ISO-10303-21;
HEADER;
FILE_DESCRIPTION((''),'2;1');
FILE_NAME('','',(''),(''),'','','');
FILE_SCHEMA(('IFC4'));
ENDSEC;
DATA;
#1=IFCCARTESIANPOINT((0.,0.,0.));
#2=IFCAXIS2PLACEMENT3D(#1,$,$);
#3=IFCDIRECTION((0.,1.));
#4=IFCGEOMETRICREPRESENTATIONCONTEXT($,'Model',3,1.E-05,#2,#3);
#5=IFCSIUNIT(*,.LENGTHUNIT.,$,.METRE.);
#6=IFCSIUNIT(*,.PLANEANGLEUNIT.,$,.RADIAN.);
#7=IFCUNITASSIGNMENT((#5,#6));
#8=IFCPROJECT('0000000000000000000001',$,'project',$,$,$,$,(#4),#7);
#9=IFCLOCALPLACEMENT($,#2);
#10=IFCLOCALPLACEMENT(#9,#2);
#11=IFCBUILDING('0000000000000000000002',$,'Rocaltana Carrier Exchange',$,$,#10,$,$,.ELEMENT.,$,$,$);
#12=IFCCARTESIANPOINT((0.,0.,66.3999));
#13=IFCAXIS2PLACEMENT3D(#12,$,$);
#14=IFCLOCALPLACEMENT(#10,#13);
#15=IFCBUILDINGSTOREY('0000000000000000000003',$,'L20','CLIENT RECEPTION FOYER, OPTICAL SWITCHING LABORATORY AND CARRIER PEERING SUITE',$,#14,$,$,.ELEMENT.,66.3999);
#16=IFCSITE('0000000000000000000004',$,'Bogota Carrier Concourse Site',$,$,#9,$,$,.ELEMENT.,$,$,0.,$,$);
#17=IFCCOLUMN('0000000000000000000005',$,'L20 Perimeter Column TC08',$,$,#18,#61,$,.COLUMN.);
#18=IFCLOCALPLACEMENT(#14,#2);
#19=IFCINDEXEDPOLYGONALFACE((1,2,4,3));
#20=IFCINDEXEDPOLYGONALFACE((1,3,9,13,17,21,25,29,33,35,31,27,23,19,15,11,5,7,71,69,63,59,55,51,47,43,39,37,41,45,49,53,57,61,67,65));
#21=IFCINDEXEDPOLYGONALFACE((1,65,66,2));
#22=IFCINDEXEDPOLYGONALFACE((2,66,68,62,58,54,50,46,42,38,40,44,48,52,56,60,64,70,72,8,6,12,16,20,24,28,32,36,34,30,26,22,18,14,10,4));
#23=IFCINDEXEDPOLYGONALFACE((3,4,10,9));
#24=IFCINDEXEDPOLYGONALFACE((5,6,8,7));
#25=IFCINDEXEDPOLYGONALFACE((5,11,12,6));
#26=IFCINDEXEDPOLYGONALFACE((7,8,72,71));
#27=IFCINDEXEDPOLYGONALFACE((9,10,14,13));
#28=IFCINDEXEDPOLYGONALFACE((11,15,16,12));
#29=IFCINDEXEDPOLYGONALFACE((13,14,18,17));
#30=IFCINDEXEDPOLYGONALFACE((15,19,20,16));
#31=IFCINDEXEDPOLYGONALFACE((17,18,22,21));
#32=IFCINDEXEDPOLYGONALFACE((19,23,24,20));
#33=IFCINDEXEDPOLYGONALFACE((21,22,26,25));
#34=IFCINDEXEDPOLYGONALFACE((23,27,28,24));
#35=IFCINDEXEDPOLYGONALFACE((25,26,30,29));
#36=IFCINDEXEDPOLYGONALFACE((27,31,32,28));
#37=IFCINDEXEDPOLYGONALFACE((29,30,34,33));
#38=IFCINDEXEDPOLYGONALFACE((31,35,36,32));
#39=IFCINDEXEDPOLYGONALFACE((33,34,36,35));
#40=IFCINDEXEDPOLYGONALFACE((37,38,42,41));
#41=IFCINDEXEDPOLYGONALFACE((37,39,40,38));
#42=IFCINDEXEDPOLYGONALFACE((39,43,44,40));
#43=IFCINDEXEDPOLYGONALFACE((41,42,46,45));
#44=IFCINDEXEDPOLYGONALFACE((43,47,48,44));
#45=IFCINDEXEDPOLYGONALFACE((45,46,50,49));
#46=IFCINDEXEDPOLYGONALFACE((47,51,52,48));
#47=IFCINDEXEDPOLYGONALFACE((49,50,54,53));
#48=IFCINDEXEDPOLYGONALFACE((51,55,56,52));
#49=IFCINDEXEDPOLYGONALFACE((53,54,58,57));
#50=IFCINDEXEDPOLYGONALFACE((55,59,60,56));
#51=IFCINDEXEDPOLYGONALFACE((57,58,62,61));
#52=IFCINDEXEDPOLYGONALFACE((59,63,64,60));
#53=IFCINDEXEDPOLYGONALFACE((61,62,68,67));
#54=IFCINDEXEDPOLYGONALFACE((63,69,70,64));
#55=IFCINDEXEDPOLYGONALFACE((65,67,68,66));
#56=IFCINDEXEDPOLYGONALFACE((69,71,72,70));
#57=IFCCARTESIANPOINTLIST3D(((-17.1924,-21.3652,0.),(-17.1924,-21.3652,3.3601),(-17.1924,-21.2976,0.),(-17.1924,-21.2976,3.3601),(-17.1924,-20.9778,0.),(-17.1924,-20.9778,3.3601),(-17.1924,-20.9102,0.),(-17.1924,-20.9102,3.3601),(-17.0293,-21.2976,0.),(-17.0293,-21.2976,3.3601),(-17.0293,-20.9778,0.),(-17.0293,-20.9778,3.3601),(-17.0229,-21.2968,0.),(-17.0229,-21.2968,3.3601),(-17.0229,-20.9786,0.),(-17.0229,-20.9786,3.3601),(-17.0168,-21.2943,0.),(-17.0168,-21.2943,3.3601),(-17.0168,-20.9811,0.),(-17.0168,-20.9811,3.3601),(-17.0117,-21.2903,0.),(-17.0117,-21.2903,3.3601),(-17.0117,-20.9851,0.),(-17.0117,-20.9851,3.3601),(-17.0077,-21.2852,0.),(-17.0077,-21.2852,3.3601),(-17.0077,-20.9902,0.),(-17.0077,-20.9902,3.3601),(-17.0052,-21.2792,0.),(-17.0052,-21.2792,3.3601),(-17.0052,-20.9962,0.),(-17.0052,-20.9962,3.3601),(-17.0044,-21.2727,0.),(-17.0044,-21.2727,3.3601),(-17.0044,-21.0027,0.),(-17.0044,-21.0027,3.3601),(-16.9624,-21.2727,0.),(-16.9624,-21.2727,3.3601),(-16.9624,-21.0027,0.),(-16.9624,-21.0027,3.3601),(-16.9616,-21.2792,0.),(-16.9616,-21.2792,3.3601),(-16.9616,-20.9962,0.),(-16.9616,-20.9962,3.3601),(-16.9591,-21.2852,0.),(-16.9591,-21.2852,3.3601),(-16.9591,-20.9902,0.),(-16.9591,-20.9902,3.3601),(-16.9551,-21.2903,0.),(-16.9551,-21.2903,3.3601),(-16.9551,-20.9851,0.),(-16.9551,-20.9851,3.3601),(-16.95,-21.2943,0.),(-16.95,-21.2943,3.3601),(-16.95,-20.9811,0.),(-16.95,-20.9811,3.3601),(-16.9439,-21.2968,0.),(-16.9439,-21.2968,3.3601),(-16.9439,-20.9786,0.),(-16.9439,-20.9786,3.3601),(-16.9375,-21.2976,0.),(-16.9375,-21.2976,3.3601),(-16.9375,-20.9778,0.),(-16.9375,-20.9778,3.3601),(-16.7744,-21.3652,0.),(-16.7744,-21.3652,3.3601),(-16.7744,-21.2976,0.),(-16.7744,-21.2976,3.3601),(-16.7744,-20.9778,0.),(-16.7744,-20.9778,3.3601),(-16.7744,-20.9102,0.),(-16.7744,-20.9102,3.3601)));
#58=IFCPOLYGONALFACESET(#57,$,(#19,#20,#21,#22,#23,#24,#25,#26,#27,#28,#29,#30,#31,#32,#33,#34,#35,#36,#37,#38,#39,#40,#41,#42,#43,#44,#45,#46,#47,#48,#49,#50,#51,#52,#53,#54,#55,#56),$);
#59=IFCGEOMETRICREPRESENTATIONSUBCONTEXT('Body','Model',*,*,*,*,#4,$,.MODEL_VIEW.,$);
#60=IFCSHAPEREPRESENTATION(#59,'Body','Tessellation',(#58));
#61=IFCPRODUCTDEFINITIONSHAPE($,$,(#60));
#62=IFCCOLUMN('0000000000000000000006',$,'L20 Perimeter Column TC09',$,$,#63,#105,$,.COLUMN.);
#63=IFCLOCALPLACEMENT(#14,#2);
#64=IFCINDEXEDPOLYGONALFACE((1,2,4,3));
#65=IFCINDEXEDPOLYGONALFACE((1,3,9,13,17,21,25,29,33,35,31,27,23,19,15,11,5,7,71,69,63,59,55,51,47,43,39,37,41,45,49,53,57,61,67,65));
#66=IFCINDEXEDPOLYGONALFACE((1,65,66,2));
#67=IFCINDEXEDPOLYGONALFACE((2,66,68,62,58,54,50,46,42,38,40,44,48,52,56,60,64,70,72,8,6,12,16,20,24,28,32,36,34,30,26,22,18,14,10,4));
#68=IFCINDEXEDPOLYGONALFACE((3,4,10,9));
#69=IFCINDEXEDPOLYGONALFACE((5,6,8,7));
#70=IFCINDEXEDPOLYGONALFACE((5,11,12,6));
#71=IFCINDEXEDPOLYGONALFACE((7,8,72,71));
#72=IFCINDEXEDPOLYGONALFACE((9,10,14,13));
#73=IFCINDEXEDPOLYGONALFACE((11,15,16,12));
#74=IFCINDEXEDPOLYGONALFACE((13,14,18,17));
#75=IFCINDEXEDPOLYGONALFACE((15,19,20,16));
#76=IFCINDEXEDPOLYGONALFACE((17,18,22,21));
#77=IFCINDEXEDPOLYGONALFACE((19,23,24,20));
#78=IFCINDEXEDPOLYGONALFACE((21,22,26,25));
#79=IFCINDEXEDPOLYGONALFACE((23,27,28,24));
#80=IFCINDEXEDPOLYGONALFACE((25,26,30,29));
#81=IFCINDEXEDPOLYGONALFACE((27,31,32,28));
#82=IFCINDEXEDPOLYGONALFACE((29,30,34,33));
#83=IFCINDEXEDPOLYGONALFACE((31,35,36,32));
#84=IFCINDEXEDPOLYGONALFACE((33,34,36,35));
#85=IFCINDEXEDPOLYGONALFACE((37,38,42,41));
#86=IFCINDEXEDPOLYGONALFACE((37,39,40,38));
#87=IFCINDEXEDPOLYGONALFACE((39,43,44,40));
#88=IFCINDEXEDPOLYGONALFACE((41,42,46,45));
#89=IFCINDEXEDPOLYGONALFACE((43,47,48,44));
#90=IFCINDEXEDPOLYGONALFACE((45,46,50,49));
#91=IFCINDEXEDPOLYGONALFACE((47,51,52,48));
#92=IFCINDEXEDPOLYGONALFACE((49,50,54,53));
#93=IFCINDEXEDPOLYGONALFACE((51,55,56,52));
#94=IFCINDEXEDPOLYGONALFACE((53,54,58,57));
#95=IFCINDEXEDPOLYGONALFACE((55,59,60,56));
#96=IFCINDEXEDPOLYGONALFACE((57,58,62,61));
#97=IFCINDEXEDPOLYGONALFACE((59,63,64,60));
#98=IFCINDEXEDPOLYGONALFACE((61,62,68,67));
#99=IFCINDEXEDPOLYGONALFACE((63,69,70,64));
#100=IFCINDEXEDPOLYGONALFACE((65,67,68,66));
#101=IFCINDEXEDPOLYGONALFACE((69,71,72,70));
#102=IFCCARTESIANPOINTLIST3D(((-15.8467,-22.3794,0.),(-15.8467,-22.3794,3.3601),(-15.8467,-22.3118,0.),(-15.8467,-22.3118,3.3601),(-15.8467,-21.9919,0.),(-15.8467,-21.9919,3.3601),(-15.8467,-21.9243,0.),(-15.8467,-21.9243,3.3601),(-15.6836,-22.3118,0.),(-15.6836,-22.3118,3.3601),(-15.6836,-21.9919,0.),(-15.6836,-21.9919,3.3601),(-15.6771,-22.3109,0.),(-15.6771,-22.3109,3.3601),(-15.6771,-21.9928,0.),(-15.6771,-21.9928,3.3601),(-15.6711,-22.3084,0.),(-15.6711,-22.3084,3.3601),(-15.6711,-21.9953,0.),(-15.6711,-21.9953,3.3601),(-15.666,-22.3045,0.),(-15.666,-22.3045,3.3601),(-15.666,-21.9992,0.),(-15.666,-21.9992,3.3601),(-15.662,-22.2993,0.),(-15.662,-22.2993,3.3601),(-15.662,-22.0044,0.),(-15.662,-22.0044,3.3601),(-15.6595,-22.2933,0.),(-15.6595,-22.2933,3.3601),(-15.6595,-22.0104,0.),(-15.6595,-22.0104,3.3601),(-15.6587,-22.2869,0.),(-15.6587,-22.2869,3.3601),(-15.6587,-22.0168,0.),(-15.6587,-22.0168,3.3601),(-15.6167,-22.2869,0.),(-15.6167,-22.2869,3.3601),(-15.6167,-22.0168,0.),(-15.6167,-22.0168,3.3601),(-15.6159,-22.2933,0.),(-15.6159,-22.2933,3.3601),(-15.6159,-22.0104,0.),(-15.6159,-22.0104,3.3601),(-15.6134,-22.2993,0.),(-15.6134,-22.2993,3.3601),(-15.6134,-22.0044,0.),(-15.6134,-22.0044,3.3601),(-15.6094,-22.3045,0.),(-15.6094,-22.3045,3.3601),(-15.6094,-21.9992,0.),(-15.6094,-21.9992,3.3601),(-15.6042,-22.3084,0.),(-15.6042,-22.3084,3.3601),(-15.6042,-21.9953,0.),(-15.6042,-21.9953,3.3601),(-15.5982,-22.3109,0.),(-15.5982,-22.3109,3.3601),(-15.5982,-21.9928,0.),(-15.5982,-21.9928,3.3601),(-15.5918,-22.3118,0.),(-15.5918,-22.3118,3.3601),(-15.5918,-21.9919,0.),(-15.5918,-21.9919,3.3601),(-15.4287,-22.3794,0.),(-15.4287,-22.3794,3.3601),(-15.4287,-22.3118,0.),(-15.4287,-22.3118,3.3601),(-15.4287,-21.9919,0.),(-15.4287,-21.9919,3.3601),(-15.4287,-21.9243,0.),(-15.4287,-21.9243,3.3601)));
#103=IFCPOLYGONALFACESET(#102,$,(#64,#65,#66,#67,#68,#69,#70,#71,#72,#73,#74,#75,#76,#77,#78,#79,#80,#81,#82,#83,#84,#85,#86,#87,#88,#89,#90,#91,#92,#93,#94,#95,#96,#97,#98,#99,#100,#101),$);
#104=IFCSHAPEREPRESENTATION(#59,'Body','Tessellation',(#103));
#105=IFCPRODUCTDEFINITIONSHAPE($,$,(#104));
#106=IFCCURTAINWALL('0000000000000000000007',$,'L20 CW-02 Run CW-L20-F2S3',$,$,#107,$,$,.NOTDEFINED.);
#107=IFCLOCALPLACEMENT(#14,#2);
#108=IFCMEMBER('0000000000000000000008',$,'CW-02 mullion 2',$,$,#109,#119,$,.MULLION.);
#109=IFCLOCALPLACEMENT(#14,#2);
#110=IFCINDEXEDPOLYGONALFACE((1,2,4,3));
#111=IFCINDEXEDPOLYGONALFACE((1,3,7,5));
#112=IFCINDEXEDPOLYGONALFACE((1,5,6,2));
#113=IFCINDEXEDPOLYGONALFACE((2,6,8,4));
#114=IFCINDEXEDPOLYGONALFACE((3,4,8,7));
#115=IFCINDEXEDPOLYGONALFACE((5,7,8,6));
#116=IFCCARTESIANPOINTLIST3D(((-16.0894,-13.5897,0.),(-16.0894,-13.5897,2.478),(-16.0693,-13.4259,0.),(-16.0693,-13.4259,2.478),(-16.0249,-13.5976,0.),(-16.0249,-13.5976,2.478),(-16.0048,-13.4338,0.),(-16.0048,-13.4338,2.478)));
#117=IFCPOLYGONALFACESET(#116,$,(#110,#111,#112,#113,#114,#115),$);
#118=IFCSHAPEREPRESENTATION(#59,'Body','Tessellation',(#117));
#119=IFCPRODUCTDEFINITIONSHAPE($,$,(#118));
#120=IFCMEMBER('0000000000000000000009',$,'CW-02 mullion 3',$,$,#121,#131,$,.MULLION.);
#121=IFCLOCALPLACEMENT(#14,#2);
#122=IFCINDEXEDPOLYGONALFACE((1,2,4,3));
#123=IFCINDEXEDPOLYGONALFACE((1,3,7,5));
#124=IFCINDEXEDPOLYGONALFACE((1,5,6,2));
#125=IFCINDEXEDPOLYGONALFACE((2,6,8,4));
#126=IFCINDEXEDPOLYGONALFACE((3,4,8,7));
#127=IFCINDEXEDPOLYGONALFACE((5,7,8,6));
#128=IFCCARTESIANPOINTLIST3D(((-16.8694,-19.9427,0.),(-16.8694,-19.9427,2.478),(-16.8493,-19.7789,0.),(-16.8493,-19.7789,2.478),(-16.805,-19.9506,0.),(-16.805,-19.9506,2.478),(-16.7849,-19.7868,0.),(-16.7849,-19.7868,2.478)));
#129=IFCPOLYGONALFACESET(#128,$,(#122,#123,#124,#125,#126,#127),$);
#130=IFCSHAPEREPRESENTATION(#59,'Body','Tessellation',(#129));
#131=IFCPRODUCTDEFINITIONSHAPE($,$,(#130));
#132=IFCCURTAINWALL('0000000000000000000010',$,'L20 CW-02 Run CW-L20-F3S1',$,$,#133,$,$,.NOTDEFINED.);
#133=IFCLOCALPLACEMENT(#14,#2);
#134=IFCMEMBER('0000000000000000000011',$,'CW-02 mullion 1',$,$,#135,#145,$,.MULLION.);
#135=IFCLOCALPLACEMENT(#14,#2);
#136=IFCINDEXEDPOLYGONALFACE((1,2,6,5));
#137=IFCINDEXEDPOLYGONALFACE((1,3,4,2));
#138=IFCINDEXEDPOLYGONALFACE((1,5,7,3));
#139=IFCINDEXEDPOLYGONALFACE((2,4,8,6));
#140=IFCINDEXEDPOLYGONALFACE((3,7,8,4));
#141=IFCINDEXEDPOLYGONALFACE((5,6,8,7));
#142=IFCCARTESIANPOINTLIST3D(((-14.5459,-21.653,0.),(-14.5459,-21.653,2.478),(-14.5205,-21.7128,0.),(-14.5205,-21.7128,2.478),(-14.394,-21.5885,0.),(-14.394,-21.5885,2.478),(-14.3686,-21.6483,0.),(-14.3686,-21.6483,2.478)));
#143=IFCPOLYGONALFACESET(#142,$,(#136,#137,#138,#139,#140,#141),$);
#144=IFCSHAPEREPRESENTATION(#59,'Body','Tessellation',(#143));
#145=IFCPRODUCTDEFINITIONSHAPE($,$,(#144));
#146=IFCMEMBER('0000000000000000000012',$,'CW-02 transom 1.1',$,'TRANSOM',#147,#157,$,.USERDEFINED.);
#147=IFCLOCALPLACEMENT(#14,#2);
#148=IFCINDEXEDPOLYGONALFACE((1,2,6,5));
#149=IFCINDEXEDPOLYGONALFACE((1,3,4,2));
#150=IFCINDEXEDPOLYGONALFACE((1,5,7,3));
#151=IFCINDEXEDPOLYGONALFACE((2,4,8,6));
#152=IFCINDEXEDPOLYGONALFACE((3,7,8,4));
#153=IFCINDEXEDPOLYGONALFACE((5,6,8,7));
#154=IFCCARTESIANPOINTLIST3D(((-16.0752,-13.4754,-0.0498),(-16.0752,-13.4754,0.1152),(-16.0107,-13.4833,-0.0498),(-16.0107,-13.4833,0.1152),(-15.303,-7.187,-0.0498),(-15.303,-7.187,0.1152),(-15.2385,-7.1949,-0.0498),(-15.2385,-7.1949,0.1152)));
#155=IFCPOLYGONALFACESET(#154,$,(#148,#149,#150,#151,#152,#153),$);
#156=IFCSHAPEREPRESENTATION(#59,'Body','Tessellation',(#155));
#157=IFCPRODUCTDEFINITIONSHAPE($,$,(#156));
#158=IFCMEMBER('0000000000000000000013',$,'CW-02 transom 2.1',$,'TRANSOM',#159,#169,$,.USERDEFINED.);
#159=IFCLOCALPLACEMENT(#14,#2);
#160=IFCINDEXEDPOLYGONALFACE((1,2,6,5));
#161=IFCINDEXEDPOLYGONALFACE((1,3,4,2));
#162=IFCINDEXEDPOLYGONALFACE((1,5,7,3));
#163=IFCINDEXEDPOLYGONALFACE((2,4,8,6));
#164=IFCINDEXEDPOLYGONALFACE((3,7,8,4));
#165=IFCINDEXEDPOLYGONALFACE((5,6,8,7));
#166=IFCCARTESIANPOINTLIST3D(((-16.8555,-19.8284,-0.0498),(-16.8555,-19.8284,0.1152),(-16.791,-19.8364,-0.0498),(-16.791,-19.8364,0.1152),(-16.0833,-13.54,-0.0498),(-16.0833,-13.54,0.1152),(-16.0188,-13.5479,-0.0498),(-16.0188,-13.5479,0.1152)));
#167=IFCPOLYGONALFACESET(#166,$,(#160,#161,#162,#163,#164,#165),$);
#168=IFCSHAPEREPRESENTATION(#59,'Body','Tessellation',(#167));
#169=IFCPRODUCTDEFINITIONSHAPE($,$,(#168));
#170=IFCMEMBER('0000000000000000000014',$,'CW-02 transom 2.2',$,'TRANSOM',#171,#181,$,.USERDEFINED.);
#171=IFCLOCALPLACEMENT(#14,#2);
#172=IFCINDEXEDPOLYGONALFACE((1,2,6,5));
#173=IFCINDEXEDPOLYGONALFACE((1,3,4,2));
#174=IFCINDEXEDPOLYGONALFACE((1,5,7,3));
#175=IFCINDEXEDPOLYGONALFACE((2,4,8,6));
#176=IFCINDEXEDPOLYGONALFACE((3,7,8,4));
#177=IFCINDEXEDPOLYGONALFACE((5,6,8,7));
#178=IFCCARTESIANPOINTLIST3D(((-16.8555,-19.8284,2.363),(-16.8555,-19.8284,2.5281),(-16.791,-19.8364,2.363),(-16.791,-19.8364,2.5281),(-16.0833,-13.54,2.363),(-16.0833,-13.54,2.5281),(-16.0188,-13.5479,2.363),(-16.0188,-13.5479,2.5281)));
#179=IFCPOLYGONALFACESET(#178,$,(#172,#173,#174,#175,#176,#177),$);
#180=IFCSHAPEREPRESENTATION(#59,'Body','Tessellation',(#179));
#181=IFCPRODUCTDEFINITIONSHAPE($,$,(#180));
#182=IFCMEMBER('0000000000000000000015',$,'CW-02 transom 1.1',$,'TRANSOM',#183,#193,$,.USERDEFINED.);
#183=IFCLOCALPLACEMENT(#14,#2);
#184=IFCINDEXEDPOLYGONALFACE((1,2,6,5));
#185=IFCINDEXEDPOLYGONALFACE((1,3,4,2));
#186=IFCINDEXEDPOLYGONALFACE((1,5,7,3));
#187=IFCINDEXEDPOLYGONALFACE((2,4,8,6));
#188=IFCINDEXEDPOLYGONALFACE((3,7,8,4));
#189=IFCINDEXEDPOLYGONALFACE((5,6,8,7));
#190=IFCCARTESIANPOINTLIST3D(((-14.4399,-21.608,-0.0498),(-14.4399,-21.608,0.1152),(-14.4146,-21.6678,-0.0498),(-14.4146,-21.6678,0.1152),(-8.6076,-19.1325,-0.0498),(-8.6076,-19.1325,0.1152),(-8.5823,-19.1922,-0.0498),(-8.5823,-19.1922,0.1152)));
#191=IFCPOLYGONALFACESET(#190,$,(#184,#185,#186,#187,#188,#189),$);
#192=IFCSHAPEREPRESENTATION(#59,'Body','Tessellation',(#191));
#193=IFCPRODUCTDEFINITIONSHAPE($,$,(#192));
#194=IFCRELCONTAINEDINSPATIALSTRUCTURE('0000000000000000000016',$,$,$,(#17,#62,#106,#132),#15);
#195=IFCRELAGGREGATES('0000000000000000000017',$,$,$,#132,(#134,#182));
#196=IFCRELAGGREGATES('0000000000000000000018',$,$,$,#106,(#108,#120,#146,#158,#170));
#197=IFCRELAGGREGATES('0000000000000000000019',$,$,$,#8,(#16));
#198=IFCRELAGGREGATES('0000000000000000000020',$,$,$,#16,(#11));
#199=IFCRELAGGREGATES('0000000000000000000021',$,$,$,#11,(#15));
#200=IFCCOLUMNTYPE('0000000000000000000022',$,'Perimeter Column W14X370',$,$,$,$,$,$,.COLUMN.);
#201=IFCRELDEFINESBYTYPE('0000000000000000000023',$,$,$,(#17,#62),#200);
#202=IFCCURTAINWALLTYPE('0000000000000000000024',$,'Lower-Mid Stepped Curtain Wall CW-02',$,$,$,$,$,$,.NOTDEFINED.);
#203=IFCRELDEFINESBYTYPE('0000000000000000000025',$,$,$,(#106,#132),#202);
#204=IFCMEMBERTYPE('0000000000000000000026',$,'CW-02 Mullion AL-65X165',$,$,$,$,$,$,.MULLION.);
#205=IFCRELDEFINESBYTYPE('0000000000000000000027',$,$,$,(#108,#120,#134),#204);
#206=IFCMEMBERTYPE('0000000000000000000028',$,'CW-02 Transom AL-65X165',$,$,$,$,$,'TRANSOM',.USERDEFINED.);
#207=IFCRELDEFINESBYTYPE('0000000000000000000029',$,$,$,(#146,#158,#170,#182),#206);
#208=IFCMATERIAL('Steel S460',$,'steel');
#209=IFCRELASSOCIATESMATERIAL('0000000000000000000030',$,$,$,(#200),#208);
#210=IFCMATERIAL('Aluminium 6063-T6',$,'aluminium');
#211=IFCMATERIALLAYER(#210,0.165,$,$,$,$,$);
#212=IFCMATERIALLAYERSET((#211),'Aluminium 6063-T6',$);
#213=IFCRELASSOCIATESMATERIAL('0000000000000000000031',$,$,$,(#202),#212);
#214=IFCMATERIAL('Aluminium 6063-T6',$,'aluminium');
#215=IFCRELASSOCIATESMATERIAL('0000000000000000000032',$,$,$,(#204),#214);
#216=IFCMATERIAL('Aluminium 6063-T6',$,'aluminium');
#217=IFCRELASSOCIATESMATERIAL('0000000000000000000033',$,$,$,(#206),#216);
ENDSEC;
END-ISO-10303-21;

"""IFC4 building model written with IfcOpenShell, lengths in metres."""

from ifc_helpers import new_model, si_unit, direction, frame, origin, origin_2d, place, context, subcontext, project, spatial, rectangle, i_section, extrude, material, layer, layer_set, material_profile, profile_set, type_object, element, aggregate, save


model = new_model("IFC4")

# Units and contexts
model_context = context("Model", 3, precision=1e-05, world=origin(), true_north=direction((0.0, 1.0)))
body_context = subcontext(model_context, "Body", "Model", "MODEL_VIEW")
ifc_project = project(units=[si_unit("LENGTHUNIT", "METRE"), si_unit("PLANEANGLEUNIT", "RADIAN")], contexts=[model_context])

# Site, building, storey
site_placement = place(None, origin())
site = spatial("IfcSite", under=ifc_project, at=site_placement, Name="Bogota Carrier Concourse Site", CompositionType="ELEMENT", RefElevation=0.0)
building_placement = place(site_placement, origin())
building = spatial("IfcBuilding", under=site, at=building_placement, Name="Rocaltana Carrier Exchange", CompositionType="ELEMENT")
storey_placement = place(building_placement, frame((0.0, 0.0, 66.3999)))
storey = spatial("IfcBuildingStorey", under=building, at=storey_placement, Name="L20", Description="CLIENT RECEPTION FOYER, OPTICAL SWITCHING LABORATORY AND CARRIER PEERING SUITE", CompositionType="ELEMENT", Elevation=66.3999)

# Columns
ifc_material_1 = material(Name="Steel S460", Category="steel")
ifc_material_profile_1 = material_profile(ifc_material_1, i_section(OverallWidth=0.418, OverallDepth=0.4551, WebThickness=0.042, FlangeThickness=0.0676, FilletRadius=0.0249, at=origin_2d()), Name="W14X370")
ifc_profile_set_1 = profile_set([ifc_material_profile_1], Name="Steel S460")
column_type = type_object("IfcColumnType", Name="Perimeter Column W14X370", PredefinedType="COLUMN", material=ifc_profile_set_1)
for number, where, z_axis, x_axis, name in (
    (1, (-16.9834, -21.1377, 0.0), (0.0, 0.0, 1.0), (1.0, 0.0, 0.0), "L20 Perimeter Column TC08"),
    (2, (-15.6377, -22.1519, 0.0), (0.0, 0.0, 1.0), (1.0, 0.0, 0.0), "L20 Perimeter Column TC09"),
):
    element("IfcColumn", number, at=place(storey_placement, frame(where, z_axis=z_axis, x_axis=x_axis)), inside=storey, type_object=column_type, Name=name, PredefinedType="COLUMN", context=body_context, shape_type="SweptSolid", body=[
        extrude(i_section(OverallWidth=0.418, OverallDepth=0.4551, WebThickness=0.042, FlangeThickness=0.0676, FilletRadius=0.0249, at=origin_2d()), origin(), (0.0, 0.0, 1.0), 3.3601),
    ])

# Curtain wall, members
ifc_material_2 = material(Name="Aluminium 6063-T6", Category="aluminium")
ifc_layer_1 = layer(ifc_material_2, 0.165)
ifc_layer_set_1 = layer_set([ifc_layer_1], Name="Aluminium 6063-T6")
curtain_wall_type = type_object("IfcCurtainWallType", Name="Lower-Mid Stepped Curtain Wall CW-02", PredefinedType="NOTDEFINED", material=ifc_layer_set_1)
curtain_wall_1_placement = place(storey_placement, origin())
curtain_wall_1 = element("IfcCurtainWall", 3, at=curtain_wall_1_placement, inside=storey, type_object=curtain_wall_type, Name="L20 CW-02 Run CW-L20-F2S3", PredefinedType="NOTDEFINED")
ifc_material_3 = material(Name="Aluminium 6063-T6", Category="aluminium")
ifc_material_profile_2 = material_profile(ifc_material_3, rectangle(XDim=0.0649, YDim=0.165, at=origin_2d()), Name="AL-65X165")
ifc_profile_set_2 = profile_set([ifc_material_profile_2], Name="Aluminium 6063-T6")
member_type_1 = type_object("IfcMemberType", Name="CW-02 Mullion AL-65X165", PredefinedType="MULLION", material=ifc_profile_set_2)
member_1_placement = place(storey_placement, frame((-16.0471, -13.5117, 0.0), z_axis=(0.0, 0.0, 1.0), x_axis=(0.992545, -0.121881, 0.0)))
member_1 = element("IfcMember", 4, at=member_1_placement, type_object=member_type_1, Name="CW-02 mullion 2", PredefinedType="MULLION", context=body_context, shape_type="SweptSolid", body=[
    extrude(rectangle(XDim=0.0649, YDim=0.165, at=origin_2d()), origin(), (0.0, 0.0, 1.0), 2.478),
])
member_2_placement = place(storey_placement, frame((-16.8271, -19.8647, 0.0), z_axis=(0.0, 0.0, 1.0), x_axis=(0.992545, -0.121881, 0.0)))
member_2 = element("IfcMember", 5, at=member_2_placement, type_object=member_type_1, Name="CW-02 mullion 3", PredefinedType="MULLION", context=body_context, shape_type="SweptSolid", body=[
    extrude(rectangle(XDim=0.0649, YDim=0.165, at=origin_2d()), origin(), (0.0, 0.0, 1.0), 2.478),
])

# Curtain wall, member
curtain_wall_2_placement = place(storey_placement, origin())
curtain_wall_2 = element("IfcCurtainWall", 6, at=curtain_wall_2_placement, inside=storey, type_object=curtain_wall_type, Name="L20 CW-02 Run CW-L20-F3S1", PredefinedType="NOTDEFINED")
member_3_placement = place(storey_placement, frame((-14.4573, -21.6506, 0.0), z_axis=(0.0, 0.0, 1.0), x_axis=(-0.390729, 0.920506, 0.0)))
member_3 = element("IfcMember", 7, at=member_3_placement, type_object=member_type_1, Name="CW-02 mullion 1", PredefinedType="MULLION", context=body_context, shape_type="SweptSolid", body=[
    extrude(rectangle(XDim=0.0649, YDim=0.165, at=origin_2d()), origin(), (0.0, 0.0, 1.0), 2.478),
])

# Members
ifc_material_4 = material(Name="Aluminium 6063-T6", Category="aluminium")
ifc_material_profile_3 = material_profile(ifc_material_4, rectangle(XDim=0.0649, YDim=0.165, at=origin_2d()), Name="AL-65X165")
ifc_profile_set_3 = profile_set([ifc_material_profile_3], Name="Aluminium 6063-T6")
member_type_2 = type_object("IfcMemberType", Name="CW-02 Transom AL-65X165", ElementType="TRANSOM", PredefinedType="USERDEFINED", material=ifc_profile_set_3)
member_4_placement = place(storey_placement, frame((-15.2708, -7.1909, 0.0327), z_axis=(-0.121881, -0.992545, 0.0), x_axis=(0.992545, -0.121881, 0.0)))
member_4 = element("IfcMember", 8, at=member_4_placement, type_object=member_type_2, Name="CW-02 transom 1.1", ObjectType="TRANSOM", PredefinedType="USERDEFINED", context=body_context, shape_type="SweptSolid", body=[
    extrude(rectangle(XDim=0.0649, YDim=0.165, at=origin_2d()), origin(), (0.0, 0.0, 1.0), 6.3357),
])
member_5_placement = place(storey_placement, frame((-16.051, -13.5439, 0.0327), z_axis=(-0.121881, -0.992545, 0.0), x_axis=(0.992545, -0.121881, 0.0)))
member_5 = element("IfcMember", 9, at=member_5_placement, type_object=member_type_2, Name="CW-02 transom 2.1", ObjectType="TRANSOM", PredefinedType="USERDEFINED", context=body_context, shape_type="SweptSolid", body=[
    extrude(rectangle(XDim=0.0649, YDim=0.165, at=origin_2d()), origin(), (0.0, 0.0, 1.0), 6.3357),
])
member_6_placement = place(storey_placement, frame((-16.051, -13.5439, 2.4456), z_axis=(-0.121881, -0.992545, 0.0), x_axis=(0.992545, -0.121881, 0.0)))
member_6 = element("IfcMember", 10, at=member_6_placement, type_object=member_type_2, Name="CW-02 transom 2.2", ObjectType="TRANSOM", PredefinedType="USERDEFINED", context=body_context, shape_type="SweptSolid", body=[
    extrude(rectangle(XDim=0.0649, YDim=0.165, at=origin_2d()), origin(), (0.0, 0.0, 1.0), 6.3357),
])
member_7_placement = place(storey_placement, frame((-14.4272, -21.6379, 0.0327), z_axis=(0.920509, 0.390722, 0.0), x_axis=(-0.390722, 0.920509, 0.0)))
member_7 = element("IfcMember", 11, at=member_7_placement, type_object=member_type_2, Name="CW-02 transom 1.1", ObjectType="TRANSOM", PredefinedType="USERDEFINED", context=body_context, shape_type="SweptSolid", body=[
    extrude(rectangle(XDim=0.0649, YDim=0.165, at=origin_2d()), origin(), (0.0, 0.0, 1.0), 6.3359),
])
aggregate(curtain_wall_2, [member_3, member_7])

aggregate(curtain_wall_1, [member_1, member_2, member_4, member_5, member_6])

save(model, "model.ifc")
